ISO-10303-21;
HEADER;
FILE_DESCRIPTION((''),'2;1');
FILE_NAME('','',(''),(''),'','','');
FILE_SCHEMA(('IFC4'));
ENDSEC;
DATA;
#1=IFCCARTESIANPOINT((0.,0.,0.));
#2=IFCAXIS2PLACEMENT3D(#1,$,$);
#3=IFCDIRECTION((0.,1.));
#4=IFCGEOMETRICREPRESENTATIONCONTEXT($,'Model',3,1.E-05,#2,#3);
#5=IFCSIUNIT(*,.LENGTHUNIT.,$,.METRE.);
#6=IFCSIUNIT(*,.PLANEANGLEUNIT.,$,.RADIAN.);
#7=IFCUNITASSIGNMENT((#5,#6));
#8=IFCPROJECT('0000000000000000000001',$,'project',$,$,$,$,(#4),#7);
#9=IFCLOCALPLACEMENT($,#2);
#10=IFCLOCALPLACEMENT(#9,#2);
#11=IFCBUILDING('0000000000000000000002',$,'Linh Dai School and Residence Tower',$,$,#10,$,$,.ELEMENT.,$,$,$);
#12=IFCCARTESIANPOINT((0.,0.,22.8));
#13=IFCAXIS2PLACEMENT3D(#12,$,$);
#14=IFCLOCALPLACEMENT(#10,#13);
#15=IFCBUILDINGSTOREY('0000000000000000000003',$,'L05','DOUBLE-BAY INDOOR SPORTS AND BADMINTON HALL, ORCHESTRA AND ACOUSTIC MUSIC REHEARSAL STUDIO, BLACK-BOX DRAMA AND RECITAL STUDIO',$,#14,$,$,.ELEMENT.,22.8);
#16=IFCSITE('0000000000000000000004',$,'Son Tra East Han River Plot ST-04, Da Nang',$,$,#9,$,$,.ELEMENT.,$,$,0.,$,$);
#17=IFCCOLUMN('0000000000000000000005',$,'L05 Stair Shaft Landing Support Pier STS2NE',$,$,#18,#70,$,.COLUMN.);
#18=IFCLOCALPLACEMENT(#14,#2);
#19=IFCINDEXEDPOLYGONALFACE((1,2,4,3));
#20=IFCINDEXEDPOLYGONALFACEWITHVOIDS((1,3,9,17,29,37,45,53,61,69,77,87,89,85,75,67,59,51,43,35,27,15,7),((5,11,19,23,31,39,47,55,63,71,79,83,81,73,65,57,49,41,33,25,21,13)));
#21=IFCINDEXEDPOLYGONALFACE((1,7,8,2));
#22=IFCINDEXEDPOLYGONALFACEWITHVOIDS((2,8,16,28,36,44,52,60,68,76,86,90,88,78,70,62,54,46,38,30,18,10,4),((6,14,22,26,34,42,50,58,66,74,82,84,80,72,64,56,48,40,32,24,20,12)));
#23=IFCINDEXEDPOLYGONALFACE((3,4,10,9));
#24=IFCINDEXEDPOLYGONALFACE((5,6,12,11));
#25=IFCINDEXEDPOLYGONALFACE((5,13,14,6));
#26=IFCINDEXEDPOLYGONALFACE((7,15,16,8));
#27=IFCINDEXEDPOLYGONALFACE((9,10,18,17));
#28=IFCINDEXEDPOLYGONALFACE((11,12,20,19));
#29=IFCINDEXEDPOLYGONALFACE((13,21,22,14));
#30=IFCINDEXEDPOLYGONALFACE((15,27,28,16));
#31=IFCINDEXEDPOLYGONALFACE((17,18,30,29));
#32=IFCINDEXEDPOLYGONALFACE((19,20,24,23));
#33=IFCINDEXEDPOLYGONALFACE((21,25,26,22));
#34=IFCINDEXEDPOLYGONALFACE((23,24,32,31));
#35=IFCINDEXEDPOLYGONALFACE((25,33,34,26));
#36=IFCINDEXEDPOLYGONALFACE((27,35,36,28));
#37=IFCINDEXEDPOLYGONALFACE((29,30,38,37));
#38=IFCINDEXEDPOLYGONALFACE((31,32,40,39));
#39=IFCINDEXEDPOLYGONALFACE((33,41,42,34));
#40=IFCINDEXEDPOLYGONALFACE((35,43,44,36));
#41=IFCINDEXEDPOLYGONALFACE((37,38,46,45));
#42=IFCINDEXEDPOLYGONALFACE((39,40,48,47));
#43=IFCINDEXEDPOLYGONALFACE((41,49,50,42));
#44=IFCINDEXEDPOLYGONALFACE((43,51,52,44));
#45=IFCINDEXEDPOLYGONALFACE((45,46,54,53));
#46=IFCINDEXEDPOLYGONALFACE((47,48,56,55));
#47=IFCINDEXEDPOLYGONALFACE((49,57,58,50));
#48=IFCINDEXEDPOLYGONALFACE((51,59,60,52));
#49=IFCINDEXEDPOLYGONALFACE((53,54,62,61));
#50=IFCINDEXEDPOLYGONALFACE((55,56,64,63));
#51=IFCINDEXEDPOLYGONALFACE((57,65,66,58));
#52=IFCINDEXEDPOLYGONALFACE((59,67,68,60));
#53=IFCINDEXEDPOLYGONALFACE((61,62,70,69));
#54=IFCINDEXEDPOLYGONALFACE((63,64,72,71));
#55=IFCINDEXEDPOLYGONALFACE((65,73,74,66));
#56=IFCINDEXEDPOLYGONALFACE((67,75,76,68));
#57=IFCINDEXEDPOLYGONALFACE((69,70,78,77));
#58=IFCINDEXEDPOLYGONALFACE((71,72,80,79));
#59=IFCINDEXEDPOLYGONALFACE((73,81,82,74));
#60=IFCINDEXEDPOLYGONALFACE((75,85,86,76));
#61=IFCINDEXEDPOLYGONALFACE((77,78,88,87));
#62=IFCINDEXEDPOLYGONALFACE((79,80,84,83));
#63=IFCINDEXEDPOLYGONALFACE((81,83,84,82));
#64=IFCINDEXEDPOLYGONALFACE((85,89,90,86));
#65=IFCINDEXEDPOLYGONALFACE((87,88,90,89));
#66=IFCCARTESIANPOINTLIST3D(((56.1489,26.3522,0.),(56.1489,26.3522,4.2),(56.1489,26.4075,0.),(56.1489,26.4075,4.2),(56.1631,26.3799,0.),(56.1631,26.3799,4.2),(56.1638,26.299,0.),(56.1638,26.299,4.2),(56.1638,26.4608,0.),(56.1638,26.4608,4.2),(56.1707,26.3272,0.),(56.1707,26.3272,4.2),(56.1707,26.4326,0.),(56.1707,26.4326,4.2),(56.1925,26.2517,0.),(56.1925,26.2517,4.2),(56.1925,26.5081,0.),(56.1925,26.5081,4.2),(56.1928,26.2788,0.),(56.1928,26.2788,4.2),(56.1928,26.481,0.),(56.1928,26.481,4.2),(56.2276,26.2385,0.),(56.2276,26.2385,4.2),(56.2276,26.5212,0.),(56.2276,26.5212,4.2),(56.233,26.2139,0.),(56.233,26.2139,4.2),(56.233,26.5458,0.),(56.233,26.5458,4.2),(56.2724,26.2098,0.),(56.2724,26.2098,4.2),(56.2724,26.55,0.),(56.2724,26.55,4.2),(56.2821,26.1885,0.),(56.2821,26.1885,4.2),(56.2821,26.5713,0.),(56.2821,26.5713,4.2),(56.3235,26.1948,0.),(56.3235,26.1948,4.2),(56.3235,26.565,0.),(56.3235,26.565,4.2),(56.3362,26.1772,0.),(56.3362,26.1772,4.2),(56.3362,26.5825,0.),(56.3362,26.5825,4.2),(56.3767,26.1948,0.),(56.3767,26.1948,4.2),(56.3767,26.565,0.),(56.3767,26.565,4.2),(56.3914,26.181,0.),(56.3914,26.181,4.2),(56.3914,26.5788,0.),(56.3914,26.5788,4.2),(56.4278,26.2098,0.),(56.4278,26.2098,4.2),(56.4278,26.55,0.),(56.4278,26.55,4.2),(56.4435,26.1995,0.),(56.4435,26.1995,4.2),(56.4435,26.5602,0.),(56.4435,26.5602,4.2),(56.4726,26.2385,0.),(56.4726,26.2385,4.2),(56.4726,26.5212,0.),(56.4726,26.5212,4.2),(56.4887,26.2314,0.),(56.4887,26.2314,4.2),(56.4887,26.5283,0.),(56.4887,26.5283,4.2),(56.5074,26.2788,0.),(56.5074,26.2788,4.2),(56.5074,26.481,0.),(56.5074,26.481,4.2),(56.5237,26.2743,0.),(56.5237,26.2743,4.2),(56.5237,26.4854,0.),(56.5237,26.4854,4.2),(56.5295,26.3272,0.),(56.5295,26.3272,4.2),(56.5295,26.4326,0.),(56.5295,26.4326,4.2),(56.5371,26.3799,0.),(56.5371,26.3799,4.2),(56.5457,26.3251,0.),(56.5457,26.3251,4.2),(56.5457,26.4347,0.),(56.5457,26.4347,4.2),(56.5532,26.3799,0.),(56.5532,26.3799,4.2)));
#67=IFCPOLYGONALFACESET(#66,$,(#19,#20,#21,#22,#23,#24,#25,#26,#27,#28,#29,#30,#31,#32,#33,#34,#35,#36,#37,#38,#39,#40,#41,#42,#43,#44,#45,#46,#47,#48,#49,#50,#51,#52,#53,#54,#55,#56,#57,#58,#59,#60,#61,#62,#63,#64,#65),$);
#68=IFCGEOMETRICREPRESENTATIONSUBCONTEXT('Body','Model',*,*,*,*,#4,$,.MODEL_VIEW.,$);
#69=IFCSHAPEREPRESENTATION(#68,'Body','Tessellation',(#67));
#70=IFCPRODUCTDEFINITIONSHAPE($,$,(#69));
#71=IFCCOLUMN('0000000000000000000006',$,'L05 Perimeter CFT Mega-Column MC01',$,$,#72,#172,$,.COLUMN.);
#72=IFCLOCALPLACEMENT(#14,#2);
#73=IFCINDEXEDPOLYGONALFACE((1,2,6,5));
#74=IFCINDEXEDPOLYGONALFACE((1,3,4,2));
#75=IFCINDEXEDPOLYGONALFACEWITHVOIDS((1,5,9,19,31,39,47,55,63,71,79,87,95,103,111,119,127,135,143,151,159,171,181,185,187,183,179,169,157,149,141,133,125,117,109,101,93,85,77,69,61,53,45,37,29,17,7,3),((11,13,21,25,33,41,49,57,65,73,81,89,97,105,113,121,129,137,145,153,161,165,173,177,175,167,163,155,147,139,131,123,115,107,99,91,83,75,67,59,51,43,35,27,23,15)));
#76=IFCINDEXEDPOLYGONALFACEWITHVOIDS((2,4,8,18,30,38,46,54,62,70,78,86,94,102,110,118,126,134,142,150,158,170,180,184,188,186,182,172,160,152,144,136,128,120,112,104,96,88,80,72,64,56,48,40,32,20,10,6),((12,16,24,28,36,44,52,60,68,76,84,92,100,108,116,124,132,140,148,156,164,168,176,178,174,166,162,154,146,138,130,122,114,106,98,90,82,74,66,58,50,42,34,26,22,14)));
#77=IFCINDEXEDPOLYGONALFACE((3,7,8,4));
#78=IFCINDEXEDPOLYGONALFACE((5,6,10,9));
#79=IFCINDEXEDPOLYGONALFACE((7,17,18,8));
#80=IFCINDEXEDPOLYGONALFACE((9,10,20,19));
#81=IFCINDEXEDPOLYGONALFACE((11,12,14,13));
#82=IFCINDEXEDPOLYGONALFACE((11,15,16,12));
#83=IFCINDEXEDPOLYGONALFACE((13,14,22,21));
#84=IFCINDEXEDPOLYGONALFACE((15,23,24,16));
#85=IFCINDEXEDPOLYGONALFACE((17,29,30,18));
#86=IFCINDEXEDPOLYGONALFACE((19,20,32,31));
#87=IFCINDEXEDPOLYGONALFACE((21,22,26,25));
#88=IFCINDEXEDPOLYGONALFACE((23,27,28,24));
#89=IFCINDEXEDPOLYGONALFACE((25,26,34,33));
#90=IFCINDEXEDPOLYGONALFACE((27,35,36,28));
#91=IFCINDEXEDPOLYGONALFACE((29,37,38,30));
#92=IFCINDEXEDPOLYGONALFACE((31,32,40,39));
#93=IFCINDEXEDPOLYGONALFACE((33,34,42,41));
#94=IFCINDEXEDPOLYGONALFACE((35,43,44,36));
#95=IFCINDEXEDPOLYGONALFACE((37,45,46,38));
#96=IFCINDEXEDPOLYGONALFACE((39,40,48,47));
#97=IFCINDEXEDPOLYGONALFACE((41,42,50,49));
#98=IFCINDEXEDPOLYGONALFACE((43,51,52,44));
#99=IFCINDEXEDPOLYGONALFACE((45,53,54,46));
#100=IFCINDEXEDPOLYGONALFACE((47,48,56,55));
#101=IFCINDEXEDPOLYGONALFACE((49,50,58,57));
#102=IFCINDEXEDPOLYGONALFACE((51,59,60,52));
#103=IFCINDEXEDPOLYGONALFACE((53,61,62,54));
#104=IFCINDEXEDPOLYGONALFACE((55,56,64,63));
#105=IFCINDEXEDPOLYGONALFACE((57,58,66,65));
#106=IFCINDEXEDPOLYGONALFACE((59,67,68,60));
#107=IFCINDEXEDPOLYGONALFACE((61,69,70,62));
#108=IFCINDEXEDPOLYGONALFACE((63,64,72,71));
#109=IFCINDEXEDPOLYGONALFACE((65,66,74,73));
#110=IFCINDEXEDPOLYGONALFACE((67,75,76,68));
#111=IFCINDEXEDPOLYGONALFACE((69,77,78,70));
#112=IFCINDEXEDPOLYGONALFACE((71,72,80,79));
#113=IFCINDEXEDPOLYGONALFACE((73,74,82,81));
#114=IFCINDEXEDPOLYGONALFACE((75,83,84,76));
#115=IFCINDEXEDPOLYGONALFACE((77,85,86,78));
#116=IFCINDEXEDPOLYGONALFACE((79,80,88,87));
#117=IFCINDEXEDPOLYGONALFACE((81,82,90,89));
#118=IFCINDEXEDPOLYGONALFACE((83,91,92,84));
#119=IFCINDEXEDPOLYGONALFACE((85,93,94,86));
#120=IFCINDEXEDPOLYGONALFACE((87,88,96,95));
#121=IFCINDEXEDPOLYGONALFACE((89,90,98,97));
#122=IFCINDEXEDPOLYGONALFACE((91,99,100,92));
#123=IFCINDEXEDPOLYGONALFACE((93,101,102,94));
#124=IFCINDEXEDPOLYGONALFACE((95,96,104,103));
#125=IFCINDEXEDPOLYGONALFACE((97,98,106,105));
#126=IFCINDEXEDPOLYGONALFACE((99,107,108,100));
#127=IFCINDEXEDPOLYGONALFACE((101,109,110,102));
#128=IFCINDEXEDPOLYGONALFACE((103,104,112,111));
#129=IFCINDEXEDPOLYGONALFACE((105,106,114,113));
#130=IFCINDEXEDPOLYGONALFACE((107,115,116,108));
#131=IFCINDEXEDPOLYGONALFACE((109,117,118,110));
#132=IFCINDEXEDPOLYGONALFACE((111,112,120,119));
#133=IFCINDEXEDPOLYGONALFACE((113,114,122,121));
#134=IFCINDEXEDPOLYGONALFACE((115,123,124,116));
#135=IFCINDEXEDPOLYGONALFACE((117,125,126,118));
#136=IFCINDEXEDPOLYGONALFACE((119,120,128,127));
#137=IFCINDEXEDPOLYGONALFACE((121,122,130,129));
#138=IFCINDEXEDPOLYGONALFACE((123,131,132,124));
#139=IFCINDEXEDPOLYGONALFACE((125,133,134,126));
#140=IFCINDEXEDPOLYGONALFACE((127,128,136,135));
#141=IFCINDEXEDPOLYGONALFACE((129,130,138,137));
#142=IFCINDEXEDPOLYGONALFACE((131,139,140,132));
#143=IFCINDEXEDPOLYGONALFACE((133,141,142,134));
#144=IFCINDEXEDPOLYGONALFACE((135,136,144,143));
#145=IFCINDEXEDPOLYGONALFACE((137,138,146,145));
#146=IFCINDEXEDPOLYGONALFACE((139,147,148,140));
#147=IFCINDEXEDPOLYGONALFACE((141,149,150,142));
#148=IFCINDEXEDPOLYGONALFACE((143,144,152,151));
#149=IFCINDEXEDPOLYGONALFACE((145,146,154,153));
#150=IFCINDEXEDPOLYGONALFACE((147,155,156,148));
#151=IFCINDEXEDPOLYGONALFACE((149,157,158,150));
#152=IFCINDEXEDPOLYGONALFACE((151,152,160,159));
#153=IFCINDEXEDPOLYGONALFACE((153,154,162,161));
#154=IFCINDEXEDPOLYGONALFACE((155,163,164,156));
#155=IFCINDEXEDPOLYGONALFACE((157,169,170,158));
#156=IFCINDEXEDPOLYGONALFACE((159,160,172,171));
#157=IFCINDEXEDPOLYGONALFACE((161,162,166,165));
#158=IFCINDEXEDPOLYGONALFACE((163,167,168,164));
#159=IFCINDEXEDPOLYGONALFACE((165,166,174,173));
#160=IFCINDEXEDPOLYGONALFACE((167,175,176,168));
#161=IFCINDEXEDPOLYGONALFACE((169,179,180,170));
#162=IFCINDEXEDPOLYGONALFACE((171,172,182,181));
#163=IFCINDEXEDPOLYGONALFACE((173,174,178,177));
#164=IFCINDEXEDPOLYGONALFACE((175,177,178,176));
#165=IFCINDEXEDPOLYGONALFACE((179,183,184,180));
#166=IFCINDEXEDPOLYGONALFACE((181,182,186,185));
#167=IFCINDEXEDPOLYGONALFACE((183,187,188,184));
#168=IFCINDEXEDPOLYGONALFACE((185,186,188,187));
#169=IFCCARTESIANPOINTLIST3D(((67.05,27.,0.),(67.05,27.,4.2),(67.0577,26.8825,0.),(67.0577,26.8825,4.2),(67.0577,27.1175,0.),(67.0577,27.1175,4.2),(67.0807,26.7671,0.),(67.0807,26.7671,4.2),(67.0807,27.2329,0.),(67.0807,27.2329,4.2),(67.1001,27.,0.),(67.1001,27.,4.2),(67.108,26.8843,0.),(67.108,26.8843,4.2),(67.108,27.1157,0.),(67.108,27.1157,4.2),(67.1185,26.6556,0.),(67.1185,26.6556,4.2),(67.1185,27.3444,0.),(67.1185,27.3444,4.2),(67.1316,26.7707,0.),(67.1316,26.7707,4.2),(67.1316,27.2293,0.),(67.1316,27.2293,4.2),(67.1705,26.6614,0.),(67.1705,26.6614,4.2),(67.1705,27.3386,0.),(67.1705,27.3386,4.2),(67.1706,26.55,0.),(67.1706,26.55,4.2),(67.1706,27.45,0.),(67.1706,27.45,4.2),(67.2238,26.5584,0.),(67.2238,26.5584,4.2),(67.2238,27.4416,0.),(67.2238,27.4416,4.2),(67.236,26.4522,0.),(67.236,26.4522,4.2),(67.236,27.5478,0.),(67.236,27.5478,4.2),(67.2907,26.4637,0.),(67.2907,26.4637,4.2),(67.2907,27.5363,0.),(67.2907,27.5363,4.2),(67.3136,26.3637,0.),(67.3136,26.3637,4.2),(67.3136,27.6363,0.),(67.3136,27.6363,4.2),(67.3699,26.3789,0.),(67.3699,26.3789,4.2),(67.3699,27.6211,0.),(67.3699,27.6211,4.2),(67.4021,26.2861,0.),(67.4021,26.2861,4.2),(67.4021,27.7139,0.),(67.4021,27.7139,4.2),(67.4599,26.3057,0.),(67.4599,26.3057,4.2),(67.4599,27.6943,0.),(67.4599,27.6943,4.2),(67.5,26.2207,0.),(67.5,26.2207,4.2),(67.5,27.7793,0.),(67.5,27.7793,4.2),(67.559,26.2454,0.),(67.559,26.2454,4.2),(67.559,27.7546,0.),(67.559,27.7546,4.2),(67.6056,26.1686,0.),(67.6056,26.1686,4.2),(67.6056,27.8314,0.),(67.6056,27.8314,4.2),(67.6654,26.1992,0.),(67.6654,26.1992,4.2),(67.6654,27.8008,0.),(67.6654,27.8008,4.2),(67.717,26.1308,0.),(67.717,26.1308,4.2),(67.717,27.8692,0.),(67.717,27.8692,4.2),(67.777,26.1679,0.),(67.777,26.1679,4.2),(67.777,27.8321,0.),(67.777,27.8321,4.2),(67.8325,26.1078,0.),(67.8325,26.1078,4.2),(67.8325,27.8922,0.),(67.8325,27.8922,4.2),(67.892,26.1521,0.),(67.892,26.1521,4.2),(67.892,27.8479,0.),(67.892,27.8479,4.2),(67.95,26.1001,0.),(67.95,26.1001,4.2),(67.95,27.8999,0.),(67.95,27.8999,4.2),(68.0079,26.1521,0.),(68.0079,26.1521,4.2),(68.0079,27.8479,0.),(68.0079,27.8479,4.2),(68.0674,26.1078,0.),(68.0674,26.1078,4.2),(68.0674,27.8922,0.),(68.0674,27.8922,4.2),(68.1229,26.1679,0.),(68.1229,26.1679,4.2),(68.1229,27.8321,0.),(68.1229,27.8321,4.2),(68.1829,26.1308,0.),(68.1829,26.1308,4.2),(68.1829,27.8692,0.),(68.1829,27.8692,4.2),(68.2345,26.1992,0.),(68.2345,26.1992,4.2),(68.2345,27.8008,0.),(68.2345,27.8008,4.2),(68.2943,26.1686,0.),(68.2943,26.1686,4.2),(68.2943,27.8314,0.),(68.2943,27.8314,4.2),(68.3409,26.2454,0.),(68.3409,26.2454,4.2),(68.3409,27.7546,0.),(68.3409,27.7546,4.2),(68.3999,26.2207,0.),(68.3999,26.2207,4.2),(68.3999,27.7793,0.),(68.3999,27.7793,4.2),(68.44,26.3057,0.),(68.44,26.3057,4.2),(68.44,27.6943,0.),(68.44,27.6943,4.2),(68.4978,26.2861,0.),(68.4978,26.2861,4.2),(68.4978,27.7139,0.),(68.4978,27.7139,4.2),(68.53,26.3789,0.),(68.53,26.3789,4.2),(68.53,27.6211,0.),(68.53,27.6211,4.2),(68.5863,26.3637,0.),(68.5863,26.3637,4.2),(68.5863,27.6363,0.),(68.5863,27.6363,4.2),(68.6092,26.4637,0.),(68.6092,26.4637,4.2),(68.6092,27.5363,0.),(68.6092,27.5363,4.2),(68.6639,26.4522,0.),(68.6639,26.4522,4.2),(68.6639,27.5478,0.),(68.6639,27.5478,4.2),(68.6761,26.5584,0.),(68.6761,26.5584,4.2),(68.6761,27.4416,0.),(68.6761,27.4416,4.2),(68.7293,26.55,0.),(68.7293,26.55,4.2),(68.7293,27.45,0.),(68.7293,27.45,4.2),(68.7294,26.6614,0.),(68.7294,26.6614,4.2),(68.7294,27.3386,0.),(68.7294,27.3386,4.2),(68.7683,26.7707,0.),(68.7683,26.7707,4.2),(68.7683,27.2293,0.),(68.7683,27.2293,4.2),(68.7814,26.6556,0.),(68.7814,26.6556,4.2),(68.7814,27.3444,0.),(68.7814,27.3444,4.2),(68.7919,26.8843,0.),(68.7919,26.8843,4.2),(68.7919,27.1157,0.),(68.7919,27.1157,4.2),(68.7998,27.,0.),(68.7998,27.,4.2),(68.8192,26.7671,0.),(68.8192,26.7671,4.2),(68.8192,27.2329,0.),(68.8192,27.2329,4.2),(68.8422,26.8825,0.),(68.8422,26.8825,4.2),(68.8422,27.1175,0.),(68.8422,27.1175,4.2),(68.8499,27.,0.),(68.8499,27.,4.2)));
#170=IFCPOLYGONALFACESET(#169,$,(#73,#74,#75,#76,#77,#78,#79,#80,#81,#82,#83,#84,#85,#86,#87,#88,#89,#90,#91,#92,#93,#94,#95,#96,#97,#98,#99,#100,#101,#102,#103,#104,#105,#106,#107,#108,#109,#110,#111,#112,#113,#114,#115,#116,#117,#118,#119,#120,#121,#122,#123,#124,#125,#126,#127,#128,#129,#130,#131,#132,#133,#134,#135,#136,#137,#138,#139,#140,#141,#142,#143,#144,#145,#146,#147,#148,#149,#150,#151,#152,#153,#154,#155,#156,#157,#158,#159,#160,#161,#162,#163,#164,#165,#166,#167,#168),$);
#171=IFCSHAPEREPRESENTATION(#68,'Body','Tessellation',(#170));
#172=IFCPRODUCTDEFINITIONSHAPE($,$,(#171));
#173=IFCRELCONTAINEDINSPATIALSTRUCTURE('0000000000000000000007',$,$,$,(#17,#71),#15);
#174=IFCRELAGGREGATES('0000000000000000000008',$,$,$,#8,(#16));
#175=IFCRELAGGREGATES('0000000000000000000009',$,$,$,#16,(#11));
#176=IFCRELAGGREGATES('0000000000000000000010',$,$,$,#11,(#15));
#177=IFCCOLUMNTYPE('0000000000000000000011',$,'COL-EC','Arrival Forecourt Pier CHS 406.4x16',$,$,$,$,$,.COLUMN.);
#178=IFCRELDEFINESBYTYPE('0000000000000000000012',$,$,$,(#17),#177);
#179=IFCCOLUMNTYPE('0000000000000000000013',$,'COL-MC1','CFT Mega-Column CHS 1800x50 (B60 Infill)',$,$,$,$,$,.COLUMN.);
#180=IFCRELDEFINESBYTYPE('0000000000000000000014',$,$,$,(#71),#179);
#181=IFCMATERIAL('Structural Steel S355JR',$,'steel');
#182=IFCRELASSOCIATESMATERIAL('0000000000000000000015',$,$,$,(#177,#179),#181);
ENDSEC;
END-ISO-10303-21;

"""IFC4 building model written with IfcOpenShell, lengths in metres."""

from ifc_helpers import new_model, si_unit, direction, frame, origin, origin_2d, place, context, subcontext, project, spatial, hollow_circle, extrude, material, material_profile, profile_set, type_object, element, save


model = new_model("IFC4")

# Units and contexts
model_context = context("Model", 3, precision=1e-05, world=origin(), true_north=direction((0.0, 1.0)))
body_context = subcontext(model_context, "Body", "Model", "MODEL_VIEW")
ifc_project = project(units=[si_unit("LENGTHUNIT", "METRE"), si_unit("PLANEANGLEUNIT", "RADIAN")], contexts=[model_context])

# Site, building, storey
site_placement = place(None, origin())
site = spatial("IfcSite", under=ifc_project, at=site_placement, Name="Son Tra East Han River Plot ST-04, Da Nang", CompositionType="ELEMENT", RefElevation=0.0)
building_placement = place(site_placement, origin())
building = spatial("IfcBuilding", under=site, at=building_placement, Name="Linh Dai School and Residence Tower", CompositionType="ELEMENT")
storey_placement = place(building_placement, frame((0.0, 0.0, 22.8)))
storey = spatial("IfcBuildingStorey", under=building, at=storey_placement, Name="L05", Description="DOUBLE-BAY INDOOR SPORTS AND BADMINTON HALL, ORCHESTRA AND ACOUSTIC MUSIC REHEARSAL STUDIO, BLACK-BOX DRAMA AND RECITAL STUDIO", CompositionType="ELEMENT", Elevation=22.8)

# Columns
ifc_material_1 = material(Name="Structural Steel S355JR", Category="steel")
ifc_material_profile_1 = material_profile(ifc_material_1, hollow_circle(Radius=0.2031, WallThickness=0.0161, at=origin_2d()), Name="CHS 406.4x16")
ifc_profile_set_1 = profile_set([ifc_material_profile_1], Name="Structural Steel S355JR")
column_type_1 = type_object("IfcColumnType", Name="COL-EC", Description="Arrival Forecourt Pier CHS 406.4x16", PredefinedType="COLUMN", material=ifc_profile_set_1)
column_1_placement = place(storey_placement, frame((56.3501, 26.3799, 0.0), z_axis=(0.0, 0.0, 1.0), x_axis=(1.0, 0.0, 0.0)))
element("IfcColumn", 1, at=column_1_placement, inside=storey, type_object=column_type_1, Name="L05 Stair Shaft Landing Support Pier STS2NE", PredefinedType="COLUMN", context=body_context, shape_type="SweptSolid", body=[
    extrude(hollow_circle(Radius=0.2031, WallThickness=0.0161, at=origin_2d()), origin(), (0.0, 0.0, 1.0), 4.2),
])
ifc_material_profile_2 = material_profile(ifc_material_1, hollow_circle(Radius=0.8999, WallThickness=0.05, at=origin_2d()), Name="CHS 1800x50")
ifc_profile_set_2 = profile_set([ifc_material_profile_2], Name="Structural Steel S355JR")
column_type_2 = type_object("IfcColumnType", Name="COL-MC1", Description="CFT Mega-Column CHS 1800x50 (B60 Infill)", PredefinedType="COLUMN", material=ifc_profile_set_2)
column_2_placement = place(storey_placement, frame((67.95, 27.0, 0.0), z_axis=(0.0, 0.0, 1.0), x_axis=(1.0, 0.0, 0.0)))
element("IfcColumn", 2, at=column_2_placement, inside=storey, type_object=column_type_2, Name="L05 Perimeter CFT Mega-Column MC01", PredefinedType="COLUMN", context=body_context, shape_type="SweptSolid", body=[
    extrude(hollow_circle(Radius=0.8999, WallThickness=0.05, at=origin_2d()), origin(), (0.0, 0.0, 1.0), 4.2),
])

save(model, "model.ifc")
